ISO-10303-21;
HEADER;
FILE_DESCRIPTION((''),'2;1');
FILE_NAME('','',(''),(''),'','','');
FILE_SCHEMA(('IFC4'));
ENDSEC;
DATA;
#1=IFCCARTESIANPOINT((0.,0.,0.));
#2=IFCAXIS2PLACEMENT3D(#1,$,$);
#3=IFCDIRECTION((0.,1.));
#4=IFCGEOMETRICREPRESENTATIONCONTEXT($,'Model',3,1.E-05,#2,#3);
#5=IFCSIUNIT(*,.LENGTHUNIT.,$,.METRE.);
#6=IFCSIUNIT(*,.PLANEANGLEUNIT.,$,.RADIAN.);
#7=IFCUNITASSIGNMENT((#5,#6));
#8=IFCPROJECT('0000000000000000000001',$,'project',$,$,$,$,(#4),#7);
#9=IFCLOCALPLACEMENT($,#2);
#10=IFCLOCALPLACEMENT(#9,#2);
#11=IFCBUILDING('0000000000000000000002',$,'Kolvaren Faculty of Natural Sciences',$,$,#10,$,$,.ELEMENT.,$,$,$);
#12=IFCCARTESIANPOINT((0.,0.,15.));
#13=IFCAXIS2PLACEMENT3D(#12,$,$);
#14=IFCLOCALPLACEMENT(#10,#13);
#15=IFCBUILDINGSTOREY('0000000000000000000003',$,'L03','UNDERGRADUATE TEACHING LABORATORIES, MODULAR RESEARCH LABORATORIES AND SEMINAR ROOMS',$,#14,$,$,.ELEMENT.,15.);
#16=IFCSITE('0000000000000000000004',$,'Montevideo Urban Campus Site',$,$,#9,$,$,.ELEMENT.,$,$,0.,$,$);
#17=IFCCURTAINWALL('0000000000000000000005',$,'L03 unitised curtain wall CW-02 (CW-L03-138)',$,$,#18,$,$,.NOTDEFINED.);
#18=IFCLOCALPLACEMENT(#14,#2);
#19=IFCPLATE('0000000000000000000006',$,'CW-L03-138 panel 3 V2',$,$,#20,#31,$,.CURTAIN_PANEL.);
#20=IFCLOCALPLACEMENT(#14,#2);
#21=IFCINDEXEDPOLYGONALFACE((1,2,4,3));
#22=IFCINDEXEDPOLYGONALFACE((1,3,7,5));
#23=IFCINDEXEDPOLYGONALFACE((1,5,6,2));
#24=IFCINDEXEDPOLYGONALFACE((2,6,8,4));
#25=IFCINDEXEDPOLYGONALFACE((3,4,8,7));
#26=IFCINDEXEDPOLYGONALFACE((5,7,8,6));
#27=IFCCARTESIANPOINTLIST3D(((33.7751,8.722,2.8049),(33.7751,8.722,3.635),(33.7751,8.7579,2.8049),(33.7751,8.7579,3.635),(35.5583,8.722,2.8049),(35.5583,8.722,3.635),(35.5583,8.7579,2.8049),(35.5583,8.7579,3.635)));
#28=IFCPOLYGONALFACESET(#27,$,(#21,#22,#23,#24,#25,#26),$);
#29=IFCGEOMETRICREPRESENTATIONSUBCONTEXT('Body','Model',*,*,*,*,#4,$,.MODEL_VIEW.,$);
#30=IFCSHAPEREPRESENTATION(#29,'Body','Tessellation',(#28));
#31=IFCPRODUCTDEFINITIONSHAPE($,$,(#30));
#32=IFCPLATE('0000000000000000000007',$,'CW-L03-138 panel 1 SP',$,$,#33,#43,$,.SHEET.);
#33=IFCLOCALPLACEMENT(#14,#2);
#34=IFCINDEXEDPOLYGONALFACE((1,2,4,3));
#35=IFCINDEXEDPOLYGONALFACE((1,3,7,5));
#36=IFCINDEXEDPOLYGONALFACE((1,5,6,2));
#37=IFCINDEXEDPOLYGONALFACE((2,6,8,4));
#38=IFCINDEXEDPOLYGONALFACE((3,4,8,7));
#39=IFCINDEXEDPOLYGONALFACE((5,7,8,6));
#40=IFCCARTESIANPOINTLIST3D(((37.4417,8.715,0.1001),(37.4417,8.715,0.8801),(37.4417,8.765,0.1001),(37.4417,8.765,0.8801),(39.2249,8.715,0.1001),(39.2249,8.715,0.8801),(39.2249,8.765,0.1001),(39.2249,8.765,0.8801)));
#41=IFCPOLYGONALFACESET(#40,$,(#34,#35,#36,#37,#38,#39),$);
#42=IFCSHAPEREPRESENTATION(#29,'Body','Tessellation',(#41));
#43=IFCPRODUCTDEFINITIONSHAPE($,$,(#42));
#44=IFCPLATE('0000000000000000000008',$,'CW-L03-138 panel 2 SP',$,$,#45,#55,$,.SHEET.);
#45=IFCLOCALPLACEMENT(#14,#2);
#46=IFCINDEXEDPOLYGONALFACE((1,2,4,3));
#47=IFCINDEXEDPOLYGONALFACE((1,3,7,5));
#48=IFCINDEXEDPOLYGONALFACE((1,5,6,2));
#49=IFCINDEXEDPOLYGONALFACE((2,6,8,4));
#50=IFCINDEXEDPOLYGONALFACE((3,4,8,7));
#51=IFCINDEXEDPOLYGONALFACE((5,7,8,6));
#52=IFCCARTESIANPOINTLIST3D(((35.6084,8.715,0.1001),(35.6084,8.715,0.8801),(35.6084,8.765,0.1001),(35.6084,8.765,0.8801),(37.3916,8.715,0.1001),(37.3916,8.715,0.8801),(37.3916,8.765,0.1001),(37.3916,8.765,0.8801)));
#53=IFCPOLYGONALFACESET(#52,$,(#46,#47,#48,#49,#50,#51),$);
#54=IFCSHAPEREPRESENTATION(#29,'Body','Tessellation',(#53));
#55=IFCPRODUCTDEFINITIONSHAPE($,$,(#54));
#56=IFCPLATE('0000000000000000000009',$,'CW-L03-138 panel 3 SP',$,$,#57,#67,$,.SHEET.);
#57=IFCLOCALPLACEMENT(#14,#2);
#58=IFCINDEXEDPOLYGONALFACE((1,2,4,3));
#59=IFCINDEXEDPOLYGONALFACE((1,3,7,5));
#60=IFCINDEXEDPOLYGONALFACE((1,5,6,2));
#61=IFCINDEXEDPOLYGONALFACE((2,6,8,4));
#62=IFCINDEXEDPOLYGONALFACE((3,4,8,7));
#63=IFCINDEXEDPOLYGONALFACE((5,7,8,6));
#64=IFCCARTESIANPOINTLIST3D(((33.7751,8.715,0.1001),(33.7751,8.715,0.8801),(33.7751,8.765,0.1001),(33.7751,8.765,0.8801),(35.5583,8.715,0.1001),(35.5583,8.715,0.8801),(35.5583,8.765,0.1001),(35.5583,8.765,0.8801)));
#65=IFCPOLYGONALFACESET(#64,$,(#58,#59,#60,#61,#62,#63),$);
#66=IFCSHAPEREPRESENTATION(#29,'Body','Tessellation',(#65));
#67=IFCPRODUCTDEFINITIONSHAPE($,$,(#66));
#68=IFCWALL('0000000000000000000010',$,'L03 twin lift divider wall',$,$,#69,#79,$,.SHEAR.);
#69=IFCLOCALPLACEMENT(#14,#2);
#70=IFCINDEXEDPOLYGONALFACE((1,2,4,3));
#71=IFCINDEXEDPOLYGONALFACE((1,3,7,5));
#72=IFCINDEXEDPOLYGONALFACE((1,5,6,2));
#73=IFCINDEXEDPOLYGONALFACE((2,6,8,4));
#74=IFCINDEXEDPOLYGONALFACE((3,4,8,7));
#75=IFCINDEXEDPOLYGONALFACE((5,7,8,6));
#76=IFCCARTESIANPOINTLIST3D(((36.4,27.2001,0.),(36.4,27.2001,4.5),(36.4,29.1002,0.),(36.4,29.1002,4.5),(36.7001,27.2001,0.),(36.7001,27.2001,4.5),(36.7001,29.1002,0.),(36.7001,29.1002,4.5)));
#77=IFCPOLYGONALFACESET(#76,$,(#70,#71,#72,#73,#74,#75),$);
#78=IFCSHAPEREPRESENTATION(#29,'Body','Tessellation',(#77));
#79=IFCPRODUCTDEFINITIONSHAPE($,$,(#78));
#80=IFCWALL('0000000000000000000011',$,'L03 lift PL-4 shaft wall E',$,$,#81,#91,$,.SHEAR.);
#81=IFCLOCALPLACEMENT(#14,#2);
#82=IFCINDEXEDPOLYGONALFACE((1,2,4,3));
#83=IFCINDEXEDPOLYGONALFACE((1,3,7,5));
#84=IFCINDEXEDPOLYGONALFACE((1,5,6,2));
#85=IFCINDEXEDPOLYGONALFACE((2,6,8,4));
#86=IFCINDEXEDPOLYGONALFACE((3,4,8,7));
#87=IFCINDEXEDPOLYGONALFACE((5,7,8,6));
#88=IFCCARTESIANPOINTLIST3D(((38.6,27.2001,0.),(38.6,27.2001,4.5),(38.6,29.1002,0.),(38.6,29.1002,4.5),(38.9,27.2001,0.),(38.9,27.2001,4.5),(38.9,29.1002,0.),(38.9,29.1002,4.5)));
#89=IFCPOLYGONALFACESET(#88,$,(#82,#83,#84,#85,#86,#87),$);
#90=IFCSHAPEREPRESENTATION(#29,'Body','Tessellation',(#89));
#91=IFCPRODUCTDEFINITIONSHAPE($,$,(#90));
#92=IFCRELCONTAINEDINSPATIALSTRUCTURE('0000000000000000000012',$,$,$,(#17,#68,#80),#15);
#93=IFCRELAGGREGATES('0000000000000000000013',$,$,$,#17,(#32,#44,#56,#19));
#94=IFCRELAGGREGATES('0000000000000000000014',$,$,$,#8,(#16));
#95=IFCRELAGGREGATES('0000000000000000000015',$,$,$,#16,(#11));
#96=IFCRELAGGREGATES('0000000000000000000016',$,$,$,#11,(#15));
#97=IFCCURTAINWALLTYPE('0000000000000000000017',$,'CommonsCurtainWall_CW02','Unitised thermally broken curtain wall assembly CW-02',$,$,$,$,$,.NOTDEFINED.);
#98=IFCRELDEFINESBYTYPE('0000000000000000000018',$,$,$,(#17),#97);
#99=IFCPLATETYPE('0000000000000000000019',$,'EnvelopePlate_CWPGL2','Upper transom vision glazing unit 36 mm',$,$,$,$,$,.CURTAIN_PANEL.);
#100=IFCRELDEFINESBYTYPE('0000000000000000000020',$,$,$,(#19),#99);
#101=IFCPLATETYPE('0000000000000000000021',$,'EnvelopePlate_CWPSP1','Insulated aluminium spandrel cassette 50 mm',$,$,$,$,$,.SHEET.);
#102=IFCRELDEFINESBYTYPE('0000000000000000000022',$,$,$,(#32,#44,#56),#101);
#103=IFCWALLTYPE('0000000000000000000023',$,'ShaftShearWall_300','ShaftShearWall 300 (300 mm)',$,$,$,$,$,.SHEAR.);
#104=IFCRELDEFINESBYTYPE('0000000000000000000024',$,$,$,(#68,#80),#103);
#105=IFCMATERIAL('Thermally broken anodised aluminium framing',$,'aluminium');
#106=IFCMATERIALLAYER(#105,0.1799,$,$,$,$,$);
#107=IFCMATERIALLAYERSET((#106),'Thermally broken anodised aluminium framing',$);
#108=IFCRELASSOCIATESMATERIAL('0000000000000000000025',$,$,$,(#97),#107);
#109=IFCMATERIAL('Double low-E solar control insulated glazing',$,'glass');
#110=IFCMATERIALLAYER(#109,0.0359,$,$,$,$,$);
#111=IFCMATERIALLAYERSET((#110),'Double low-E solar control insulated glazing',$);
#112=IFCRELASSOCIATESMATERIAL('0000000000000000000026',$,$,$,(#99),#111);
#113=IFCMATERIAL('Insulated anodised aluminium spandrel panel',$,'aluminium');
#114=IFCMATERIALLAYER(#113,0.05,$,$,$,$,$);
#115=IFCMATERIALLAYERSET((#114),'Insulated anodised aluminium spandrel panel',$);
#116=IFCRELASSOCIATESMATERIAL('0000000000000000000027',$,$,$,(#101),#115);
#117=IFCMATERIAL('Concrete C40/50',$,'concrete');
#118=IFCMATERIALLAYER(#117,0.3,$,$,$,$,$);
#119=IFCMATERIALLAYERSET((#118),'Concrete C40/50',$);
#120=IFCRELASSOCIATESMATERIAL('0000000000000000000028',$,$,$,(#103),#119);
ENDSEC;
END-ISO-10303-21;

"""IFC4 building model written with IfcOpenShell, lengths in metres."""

from ifc_helpers import new_model, si_unit, direction, frame, frame_2d, origin, origin_2d, place, context, subcontext, project, spatial, rectangle, extrude, material, layer, layer_set, type_object, element, aggregate, save


model = new_model("IFC4")

# Units and contexts
model_context = context("Model", 3, precision=1e-05, world=origin(), true_north=direction((0.0, 1.0)))
body_context = subcontext(model_context, "Body", "Model", "MODEL_VIEW")
ifc_project = project(units=[si_unit("LENGTHUNIT", "METRE"), si_unit("PLANEANGLEUNIT", "RADIAN")], contexts=[model_context])

# Site, building, storey
site_placement = place(None, origin())
site = spatial("IfcSite", under=ifc_project, at=site_placement, Name="Montevideo Urban Campus Site", CompositionType="ELEMENT", RefElevation=0.0)
building_placement = place(site_placement, origin())
building = spatial("IfcBuilding", under=site, at=building_placement, Name="Kolvaren Faculty of Natural Sciences", CompositionType="ELEMENT")
storey_placement = place(building_placement, frame((0.0, 0.0, 15.0)))
storey = spatial("IfcBuildingStorey", under=building, at=storey_placement, Name="L03", Description="UNDERGRADUATE TEACHING LABORATORIES, MODULAR RESEARCH LABORATORIES AND SEMINAR ROOMS", CompositionType="ELEMENT", Elevation=15.0)

# Curtain wall
ifc_material_1 = material(Name="Thermally broken anodised aluminium framing", Category="aluminium")
ifc_layer_1 = layer(ifc_material_1, 0.1799)
ifc_layer_set_1 = layer_set([ifc_layer_1], Name="Thermally broken anodised aluminium framing")
curtain_wall_type = type_object("IfcCurtainWallType", Name="CommonsCurtainWall_CW02", Description="Unitised thermally broken curtain wall assembly CW-02", PredefinedType="NOTDEFINED", material=ifc_layer_set_1)
curtain_wall_placement = place(storey_placement, origin())
curtain_wall = element("IfcCurtainWall", 1, at=curtain_wall_placement, inside=storey, type_object=curtain_wall_type, Name="L03 unitised curtain wall CW-02 (CW-L03-138)", PredefinedType="NOTDEFINED")

# Plates
ifc_material_2 = material(Name="Double low-E solar control insulated glazing", Category="glass")
ifc_layer_2 = layer(ifc_material_2, 0.0359)
ifc_layer_set_2 = layer_set([ifc_layer_2], Name="Double low-E solar control insulated glazing")
plate_type_1 = type_object("IfcPlateType", Name="EnvelopePlate_CWPGL2", Description="Upper transom vision glazing unit 36 mm", PredefinedType="CURTAIN_PANEL", material=ifc_layer_set_2)
plate_1_placement = place(storey_placement, frame((34.6667, 8.74, 2.8049), z_axis=(0.0, 0.0, 1.0), x_axis=(-1.0, 0.0, 0.0)))
plate_1 = element("IfcPlate", 2, at=plate_1_placement, type_object=plate_type_1, Name="CW-L03-138 panel 3 V2", PredefinedType="CURTAIN_PANEL", context=body_context, shape_type="SweptSolid", body=[
    extrude(rectangle(XDim=1.7832, YDim=0.0359, at=origin_2d()), origin(), (0.0, 0.0, 1.0), 0.8301),
])
ifc_material_3 = material(Name="Insulated anodised aluminium spandrel panel", Category="aluminium")
ifc_layer_3 = layer(ifc_material_3, 0.05)
ifc_layer_set_3 = layer_set([ifc_layer_3], Name="Insulated anodised aluminium spandrel panel")
plate_type_2 = type_object("IfcPlateType", Name="EnvelopePlate_CWPSP1", Description="Insulated aluminium spandrel cassette 50 mm", PredefinedType="SHEET", material=ifc_layer_set_3)
plate_2_placement = place(storey_placement, frame((38.3333, 8.74, 0.1001), z_axis=(0.0, 0.0, 1.0), x_axis=(-1.0, 0.0, 0.0)))
plate_2 = element("IfcPlate", 3, at=plate_2_placement, type_object=plate_type_2, Name="CW-L03-138 panel 1 SP", PredefinedType="SHEET", context=body_context, shape_type="SweptSolid", body=[
    extrude(rectangle(XDim=1.7832, YDim=0.05, at=origin_2d()), origin(), (0.0, 0.0, 1.0), 0.78),
])
plate_3_placement = place(storey_placement, frame((36.5, 8.74, 0.1001), z_axis=(0.0, 0.0, 1.0), x_axis=(-1.0, 0.0, 0.0)))
plate_3 = element("IfcPlate", 4, at=plate_3_placement, type_object=plate_type_2, Name="CW-L03-138 panel 2 SP", PredefinedType="SHEET", context=body_context, shape_type="SweptSolid", body=[
    extrude(rectangle(XDim=1.7832, YDim=0.05, at=origin_2d()), origin(), (0.0, 0.0, 1.0), 0.78),
])
plate_4_placement = place(storey_placement, frame((34.6667, 8.74, 0.1001), z_axis=(0.0, 0.0, 1.0), x_axis=(-1.0, 0.0, 0.0)))
plate_4 = element("IfcPlate", 5, at=plate_4_placement, type_object=plate_type_2, Name="CW-L03-138 panel 3 SP", PredefinedType="SHEET", context=body_context, shape_type="SweptSolid", body=[
    extrude(rectangle(XDim=1.7832, YDim=0.05, at=origin_2d()), origin(), (0.0, 0.0, 1.0), 0.78),
])
aggregate(curtain_wall, [plate_2, plate_3, plate_4, plate_1])

# Walls
ifc_material_4 = material(Name="Concrete C40/50", Category="concrete")
ifc_layer_4 = layer(ifc_material_4, 0.3)
ifc_layer_set_4 = layer_set([ifc_layer_4], Name="Concrete C40/50")
wall_type = type_object("IfcWallType", Name="ShaftShearWall_300", Description="ShaftShearWall 300 (300 mm)", PredefinedType="SHEAR", material=ifc_layer_set_4)
for number, where, z_axis, x_axis, name in (
    (6, (36.55, 27.2, 0.0), (0.0, 0.0, 1.0), (0.0, 1.0, 0.0), "L03 twin lift divider wall"),
    (7, (38.75, 27.2, 0.0), (0.0, 0.0, 1.0), (0.0, 1.0, 0.0), "L03 lift PL-4 shaft wall E"),
):
    element("IfcWall", number, at=place(storey_placement, frame(where, z_axis=z_axis, x_axis=x_axis)), inside=storey, type_object=wall_type, Name=name, PredefinedType="SHEAR", context=body_context, shape_type="SweptSolid", body=[
        extrude(rectangle(XDim=1.9001, YDim=0.3, at=frame_2d((0.9502, 0.0))), origin(), (0.0, 0.0, 1.0), 4.5),
    ])

save(model, "model.ifc")
